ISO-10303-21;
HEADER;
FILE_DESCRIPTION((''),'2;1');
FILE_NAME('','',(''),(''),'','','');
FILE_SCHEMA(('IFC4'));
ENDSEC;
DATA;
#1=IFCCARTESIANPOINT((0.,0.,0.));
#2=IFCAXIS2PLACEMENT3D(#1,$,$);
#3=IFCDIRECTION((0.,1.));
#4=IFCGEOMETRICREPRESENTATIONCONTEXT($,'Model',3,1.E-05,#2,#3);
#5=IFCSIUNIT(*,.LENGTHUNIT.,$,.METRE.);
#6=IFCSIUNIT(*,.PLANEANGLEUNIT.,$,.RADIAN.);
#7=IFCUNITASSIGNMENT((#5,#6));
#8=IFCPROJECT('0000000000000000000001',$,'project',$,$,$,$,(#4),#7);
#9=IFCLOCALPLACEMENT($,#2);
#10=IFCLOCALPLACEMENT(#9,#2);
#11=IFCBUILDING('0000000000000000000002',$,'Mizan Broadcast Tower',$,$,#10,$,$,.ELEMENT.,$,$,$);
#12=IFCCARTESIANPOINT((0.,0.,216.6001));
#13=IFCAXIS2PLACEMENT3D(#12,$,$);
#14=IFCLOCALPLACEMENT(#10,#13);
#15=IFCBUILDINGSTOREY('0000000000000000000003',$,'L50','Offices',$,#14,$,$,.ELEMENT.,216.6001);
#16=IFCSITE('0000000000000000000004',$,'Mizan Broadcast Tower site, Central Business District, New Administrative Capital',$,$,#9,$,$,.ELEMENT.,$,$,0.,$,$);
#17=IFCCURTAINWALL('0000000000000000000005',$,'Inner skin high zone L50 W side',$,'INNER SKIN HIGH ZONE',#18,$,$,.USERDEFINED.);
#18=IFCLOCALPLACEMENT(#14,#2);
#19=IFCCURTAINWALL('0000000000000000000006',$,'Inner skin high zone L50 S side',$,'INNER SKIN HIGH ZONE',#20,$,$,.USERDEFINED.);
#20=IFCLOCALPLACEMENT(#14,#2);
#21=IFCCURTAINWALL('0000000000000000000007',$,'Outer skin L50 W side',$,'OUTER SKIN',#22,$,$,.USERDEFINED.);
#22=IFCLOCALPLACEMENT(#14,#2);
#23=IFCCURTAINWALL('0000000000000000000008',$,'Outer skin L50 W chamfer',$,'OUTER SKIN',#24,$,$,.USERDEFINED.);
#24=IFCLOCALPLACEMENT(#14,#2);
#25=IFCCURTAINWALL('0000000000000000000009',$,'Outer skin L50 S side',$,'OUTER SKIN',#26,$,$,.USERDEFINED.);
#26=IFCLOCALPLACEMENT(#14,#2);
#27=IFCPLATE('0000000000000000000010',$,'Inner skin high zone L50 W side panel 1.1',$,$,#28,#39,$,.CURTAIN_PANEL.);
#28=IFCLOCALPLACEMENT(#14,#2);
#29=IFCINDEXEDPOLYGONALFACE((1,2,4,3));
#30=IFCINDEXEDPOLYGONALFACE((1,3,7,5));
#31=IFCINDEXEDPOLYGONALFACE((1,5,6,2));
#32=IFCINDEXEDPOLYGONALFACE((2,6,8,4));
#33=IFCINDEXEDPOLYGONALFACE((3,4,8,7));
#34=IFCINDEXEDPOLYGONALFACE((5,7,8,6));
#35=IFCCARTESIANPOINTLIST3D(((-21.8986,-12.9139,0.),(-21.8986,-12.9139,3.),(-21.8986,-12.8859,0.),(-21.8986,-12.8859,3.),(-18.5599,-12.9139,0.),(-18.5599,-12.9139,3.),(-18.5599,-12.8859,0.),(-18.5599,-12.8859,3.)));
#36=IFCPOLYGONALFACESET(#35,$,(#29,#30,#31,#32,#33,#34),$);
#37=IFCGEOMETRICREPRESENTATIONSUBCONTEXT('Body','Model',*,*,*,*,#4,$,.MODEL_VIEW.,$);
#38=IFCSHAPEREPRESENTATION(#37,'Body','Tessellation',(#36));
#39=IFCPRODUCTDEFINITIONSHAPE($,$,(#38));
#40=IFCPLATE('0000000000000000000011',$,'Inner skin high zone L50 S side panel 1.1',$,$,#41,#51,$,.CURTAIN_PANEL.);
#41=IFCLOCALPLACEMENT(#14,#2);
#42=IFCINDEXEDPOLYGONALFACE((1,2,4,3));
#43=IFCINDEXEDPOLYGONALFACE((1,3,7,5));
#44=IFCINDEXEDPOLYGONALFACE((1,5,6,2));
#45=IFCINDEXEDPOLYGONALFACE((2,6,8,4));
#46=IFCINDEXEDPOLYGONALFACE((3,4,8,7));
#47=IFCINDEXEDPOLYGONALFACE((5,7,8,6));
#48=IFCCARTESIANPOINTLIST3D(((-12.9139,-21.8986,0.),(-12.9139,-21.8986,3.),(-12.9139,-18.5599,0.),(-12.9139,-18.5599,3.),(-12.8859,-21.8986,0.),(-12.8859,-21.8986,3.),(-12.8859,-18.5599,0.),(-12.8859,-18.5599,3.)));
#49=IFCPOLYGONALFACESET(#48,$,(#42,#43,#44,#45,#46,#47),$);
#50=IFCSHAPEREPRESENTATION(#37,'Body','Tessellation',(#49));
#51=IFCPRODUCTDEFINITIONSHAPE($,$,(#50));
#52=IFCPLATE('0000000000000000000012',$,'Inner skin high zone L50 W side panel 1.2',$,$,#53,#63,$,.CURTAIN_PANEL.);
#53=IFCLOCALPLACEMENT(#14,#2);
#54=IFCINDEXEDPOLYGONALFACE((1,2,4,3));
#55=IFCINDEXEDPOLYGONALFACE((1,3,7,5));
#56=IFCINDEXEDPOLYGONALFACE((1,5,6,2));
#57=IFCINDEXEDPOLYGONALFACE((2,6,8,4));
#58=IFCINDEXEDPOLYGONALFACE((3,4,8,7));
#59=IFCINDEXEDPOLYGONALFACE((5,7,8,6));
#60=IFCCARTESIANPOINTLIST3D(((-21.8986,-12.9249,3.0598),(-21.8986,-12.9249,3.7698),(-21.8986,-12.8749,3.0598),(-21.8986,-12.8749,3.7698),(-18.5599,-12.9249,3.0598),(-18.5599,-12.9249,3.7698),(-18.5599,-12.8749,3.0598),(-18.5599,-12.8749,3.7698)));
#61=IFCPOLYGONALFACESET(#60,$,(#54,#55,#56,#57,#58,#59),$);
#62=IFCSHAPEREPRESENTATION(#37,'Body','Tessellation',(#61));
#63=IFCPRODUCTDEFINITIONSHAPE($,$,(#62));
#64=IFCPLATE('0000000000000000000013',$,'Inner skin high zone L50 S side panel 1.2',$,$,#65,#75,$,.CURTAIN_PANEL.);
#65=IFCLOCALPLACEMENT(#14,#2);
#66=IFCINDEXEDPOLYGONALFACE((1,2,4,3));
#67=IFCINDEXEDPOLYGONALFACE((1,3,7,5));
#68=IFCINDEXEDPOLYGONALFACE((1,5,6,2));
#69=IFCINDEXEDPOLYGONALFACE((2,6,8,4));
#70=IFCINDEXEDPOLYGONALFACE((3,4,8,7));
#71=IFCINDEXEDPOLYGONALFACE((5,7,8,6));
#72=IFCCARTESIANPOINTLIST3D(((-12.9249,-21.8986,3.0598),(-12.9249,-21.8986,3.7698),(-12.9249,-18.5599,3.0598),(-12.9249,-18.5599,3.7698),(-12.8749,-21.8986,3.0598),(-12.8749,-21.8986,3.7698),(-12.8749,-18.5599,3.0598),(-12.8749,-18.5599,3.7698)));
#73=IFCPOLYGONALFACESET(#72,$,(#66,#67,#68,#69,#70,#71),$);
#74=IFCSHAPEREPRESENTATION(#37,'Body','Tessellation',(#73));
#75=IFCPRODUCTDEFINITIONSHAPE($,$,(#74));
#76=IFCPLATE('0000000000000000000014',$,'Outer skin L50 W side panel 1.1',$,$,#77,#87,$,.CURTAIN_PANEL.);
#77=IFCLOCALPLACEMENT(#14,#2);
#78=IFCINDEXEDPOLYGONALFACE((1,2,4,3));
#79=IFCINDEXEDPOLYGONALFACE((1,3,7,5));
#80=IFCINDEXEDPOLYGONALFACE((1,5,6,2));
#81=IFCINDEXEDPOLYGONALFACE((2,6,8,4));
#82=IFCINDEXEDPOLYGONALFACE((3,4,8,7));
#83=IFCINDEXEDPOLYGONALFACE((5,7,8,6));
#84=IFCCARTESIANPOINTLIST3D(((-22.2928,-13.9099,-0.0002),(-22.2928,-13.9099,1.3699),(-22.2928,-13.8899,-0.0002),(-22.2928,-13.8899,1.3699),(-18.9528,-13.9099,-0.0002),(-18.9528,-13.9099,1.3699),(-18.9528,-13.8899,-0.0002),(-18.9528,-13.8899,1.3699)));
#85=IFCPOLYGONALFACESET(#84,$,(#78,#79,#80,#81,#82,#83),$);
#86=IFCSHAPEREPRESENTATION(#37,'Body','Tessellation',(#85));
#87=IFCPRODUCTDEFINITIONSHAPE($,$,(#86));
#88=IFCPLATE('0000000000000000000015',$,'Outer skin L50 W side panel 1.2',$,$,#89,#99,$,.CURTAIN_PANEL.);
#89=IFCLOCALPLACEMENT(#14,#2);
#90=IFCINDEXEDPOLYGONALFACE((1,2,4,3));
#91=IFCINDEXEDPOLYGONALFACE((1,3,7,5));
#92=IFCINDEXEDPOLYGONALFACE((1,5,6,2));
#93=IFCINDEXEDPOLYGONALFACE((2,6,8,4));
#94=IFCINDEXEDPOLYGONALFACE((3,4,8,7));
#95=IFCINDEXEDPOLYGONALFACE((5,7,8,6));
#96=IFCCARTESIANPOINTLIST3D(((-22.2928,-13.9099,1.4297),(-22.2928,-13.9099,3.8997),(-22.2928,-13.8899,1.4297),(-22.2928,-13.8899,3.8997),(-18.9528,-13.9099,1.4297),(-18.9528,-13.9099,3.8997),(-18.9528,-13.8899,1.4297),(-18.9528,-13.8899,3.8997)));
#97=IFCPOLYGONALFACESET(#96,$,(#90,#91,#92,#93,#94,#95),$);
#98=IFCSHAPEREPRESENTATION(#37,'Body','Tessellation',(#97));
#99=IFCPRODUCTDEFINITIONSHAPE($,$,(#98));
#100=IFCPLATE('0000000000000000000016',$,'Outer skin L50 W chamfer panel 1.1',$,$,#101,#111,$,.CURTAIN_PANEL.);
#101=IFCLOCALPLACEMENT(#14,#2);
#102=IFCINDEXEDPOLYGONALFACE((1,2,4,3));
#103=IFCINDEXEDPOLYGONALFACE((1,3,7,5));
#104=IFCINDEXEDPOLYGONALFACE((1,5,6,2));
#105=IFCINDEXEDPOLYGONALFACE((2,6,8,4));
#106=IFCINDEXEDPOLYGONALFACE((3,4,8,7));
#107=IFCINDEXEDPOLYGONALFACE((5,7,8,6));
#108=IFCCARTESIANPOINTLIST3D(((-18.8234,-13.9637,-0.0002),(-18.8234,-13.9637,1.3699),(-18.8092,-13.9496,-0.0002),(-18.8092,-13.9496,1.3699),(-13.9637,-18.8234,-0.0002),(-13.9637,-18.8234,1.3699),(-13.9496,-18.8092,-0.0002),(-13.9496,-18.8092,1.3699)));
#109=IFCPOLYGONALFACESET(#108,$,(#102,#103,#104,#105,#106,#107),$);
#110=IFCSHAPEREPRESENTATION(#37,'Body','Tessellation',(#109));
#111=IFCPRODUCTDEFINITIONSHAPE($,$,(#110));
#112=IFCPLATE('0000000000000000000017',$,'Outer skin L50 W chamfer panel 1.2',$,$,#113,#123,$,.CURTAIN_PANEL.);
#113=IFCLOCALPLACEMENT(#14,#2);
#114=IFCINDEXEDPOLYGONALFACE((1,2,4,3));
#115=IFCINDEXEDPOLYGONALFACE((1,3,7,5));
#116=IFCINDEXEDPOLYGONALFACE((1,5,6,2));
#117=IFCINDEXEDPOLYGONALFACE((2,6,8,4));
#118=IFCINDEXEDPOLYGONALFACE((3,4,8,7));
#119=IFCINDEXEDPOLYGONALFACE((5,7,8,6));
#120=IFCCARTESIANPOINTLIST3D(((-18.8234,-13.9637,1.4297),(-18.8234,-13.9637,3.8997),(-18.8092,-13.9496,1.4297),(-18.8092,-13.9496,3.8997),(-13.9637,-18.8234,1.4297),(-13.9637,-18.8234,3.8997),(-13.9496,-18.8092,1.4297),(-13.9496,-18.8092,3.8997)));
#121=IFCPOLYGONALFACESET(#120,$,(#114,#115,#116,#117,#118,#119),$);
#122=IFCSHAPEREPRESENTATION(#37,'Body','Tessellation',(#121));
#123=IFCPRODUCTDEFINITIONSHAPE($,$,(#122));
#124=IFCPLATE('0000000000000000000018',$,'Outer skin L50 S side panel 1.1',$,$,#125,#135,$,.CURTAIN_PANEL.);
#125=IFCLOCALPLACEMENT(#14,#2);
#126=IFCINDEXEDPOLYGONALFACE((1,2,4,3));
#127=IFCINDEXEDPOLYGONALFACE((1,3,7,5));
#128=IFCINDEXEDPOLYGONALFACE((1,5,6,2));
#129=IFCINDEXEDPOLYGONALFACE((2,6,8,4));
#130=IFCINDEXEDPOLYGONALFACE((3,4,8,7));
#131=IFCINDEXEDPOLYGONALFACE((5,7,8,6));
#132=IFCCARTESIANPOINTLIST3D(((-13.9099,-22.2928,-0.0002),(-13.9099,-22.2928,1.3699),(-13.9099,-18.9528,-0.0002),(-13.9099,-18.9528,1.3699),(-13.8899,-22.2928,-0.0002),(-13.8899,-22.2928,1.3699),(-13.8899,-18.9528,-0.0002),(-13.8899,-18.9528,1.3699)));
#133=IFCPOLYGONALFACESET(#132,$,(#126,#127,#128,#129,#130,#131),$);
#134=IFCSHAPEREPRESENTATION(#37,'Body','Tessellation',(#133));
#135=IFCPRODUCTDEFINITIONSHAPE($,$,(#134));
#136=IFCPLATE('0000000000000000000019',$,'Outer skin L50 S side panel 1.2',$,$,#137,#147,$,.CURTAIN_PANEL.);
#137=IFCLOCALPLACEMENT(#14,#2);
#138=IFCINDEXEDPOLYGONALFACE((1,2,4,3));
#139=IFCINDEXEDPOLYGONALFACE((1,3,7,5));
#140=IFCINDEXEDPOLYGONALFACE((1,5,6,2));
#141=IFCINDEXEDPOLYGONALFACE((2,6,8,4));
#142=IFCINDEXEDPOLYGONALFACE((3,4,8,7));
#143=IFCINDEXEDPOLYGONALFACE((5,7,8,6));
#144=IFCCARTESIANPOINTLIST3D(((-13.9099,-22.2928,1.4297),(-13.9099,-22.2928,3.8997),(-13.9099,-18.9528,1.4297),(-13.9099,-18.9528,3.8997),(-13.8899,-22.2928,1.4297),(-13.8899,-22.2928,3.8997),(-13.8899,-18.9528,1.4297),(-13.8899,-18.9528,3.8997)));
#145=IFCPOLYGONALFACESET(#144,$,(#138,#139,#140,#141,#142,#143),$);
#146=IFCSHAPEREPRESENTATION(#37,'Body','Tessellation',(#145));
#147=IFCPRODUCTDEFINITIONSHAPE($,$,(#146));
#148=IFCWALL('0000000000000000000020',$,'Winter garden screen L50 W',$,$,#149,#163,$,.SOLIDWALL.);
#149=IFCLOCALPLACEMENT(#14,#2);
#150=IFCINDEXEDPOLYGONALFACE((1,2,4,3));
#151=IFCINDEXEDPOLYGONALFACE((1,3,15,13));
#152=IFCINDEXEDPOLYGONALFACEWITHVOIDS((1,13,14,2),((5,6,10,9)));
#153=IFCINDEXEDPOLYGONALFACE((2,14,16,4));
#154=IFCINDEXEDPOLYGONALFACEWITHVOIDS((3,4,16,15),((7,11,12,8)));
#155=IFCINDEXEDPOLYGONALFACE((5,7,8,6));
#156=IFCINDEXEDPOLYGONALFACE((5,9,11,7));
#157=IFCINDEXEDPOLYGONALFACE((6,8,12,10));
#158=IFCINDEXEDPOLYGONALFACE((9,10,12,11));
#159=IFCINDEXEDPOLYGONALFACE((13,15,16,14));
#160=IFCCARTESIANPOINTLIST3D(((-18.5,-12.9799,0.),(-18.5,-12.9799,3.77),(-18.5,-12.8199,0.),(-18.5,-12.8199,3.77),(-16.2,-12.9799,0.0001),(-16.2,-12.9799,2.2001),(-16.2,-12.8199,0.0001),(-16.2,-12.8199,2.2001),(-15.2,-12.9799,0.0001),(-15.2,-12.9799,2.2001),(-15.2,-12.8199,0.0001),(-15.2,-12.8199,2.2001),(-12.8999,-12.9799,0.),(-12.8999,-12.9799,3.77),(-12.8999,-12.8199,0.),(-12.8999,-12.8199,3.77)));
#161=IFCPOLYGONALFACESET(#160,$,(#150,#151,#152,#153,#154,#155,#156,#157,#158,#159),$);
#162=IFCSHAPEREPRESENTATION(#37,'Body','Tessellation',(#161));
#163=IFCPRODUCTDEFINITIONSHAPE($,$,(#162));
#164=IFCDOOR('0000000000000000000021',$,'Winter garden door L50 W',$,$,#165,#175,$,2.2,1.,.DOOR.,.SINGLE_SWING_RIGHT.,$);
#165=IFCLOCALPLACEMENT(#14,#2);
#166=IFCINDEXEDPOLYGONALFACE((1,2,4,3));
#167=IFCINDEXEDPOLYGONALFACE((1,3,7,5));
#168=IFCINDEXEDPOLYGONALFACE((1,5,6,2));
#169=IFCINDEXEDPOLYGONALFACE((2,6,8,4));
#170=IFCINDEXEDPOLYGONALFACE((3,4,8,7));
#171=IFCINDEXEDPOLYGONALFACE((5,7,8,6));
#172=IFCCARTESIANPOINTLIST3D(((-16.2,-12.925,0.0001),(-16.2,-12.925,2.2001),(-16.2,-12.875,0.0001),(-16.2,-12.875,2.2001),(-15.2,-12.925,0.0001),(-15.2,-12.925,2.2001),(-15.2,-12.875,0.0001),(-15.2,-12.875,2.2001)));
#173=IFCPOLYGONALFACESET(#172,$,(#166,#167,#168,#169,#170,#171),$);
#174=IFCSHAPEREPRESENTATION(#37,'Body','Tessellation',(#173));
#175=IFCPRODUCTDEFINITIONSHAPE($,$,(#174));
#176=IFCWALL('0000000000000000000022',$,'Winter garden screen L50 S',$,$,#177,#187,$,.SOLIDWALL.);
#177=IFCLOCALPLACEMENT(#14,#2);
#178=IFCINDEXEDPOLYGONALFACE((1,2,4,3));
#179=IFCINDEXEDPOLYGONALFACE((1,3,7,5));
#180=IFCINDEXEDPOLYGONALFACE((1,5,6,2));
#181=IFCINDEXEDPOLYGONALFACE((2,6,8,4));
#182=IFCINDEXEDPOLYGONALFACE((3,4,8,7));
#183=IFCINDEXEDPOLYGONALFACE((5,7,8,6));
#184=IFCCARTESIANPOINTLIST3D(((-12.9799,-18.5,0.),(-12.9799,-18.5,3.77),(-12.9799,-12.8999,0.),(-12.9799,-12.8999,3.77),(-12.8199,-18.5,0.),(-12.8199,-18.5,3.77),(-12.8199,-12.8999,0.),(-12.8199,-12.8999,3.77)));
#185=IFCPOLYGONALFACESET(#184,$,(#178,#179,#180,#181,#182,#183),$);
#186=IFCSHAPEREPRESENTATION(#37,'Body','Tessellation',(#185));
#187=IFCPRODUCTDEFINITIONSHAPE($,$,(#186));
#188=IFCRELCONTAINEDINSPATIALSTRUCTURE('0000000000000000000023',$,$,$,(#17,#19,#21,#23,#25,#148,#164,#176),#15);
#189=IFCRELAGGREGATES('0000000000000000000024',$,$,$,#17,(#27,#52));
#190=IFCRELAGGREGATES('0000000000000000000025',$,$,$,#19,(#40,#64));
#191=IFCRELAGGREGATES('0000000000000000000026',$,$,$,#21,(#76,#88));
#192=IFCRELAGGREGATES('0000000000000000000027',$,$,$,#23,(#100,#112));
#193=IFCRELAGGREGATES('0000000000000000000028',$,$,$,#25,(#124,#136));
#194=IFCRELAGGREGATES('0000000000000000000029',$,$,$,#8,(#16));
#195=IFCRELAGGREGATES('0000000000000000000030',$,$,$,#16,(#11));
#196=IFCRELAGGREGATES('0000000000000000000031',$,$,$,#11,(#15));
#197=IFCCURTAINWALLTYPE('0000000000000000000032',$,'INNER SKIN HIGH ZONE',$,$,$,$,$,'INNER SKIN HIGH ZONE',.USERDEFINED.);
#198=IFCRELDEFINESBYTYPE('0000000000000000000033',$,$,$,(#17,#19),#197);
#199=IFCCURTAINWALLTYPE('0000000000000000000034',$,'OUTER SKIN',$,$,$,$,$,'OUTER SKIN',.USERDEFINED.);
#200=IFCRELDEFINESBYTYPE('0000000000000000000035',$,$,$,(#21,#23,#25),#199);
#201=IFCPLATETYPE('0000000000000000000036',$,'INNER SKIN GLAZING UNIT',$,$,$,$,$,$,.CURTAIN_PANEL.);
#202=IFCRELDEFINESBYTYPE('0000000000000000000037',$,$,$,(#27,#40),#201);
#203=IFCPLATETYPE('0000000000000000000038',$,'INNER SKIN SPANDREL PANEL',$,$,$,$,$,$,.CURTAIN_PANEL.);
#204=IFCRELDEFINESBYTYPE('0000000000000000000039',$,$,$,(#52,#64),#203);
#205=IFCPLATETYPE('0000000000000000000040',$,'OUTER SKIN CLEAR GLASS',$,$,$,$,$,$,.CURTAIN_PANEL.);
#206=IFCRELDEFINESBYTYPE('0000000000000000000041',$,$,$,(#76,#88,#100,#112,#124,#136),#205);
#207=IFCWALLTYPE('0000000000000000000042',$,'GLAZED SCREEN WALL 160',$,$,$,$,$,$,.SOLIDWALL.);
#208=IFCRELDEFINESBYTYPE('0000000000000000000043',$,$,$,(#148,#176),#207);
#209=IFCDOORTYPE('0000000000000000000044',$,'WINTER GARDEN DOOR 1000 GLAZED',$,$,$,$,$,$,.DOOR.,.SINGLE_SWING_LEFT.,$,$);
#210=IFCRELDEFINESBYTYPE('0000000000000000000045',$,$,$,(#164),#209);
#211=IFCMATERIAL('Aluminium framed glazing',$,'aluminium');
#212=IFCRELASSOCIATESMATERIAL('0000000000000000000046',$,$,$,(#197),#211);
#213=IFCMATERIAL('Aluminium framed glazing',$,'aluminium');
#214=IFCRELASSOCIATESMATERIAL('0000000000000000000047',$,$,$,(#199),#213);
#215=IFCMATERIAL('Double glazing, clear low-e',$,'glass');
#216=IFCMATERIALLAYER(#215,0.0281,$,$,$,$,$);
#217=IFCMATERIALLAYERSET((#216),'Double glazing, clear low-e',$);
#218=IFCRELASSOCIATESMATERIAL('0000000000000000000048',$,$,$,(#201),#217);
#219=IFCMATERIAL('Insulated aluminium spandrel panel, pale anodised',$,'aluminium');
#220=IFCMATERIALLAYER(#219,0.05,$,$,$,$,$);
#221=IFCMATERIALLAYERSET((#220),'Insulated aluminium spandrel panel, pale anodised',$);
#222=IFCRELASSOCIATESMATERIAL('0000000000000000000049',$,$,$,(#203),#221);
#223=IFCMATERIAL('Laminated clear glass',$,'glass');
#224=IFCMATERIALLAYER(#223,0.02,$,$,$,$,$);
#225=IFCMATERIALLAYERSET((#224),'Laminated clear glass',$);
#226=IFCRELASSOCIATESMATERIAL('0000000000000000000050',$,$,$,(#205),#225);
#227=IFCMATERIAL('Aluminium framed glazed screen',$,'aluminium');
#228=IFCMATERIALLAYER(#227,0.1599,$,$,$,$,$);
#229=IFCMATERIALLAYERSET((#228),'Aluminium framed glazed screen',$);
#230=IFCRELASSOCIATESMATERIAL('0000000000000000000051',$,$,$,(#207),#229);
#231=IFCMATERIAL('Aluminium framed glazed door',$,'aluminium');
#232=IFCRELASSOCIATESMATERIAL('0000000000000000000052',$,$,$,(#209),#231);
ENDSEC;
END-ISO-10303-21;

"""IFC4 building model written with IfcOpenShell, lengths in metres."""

from ifc_helpers import new_model, si_unit, direction, frame, frame_2d, origin, origin_2d, place, context, subcontext, project, spatial, rectangle, extrude, material, layer, layer_set, type_object, element, fill, aggregate, save


model = new_model("IFC4")

# Units and contexts
model_context = context("Model", 3, precision=1e-05, world=origin(), true_north=direction((0.0, 1.0)))
body_context = subcontext(model_context, "Body", "Model", "MODEL_VIEW")
ifc_project = project(units=[si_unit("LENGTHUNIT", "METRE"), si_unit("PLANEANGLEUNIT", "RADIAN")], contexts=[model_context])

# Site, building, storey
site_placement = place(None, origin())
site = spatial("IfcSite", under=ifc_project, at=site_placement, Name="Mizan Broadcast Tower site, Central Business District, New Administrative Capital", CompositionType="ELEMENT", RefElevation=0.0)
building_placement = place(site_placement, origin())
building = spatial("IfcBuilding", under=site, at=building_placement, Name="Mizan Broadcast Tower", CompositionType="ELEMENT")
storey_placement = place(building_placement, frame((0.0, 0.0, 216.6001)))
storey = spatial("IfcBuildingStorey", under=building, at=storey_placement, Name="L50", Description="Offices", CompositionType="ELEMENT", Elevation=216.6001)

# Curtain walls
ifc_material_1 = material(Name="Aluminium framed glazing", Category="aluminium")
curtain_wall_type_1 = type_object("IfcCurtainWallType", Name="INNER SKIN HIGH ZONE", ElementType="INNER SKIN HIGH ZONE", PredefinedType="USERDEFINED", material=ifc_material_1)
curtain_wall_1_placement = place(storey_placement, origin())
curtain_wall_1 = element("IfcCurtainWall", 1, at=curtain_wall_1_placement, inside=storey, type_object=curtain_wall_type_1, Name="Inner skin high zone L50 W side", ObjectType="INNER SKIN HIGH ZONE", PredefinedType="USERDEFINED")
curtain_wall_2_placement = place(storey_placement, origin())
curtain_wall_2 = element("IfcCurtainWall", 2, at=curtain_wall_2_placement, inside=storey, type_object=curtain_wall_type_1, Name="Inner skin high zone L50 S side", ObjectType="INNER SKIN HIGH ZONE", PredefinedType="USERDEFINED")

# Curtain walls
ifc_material_2 = material(Name="Aluminium framed glazing", Category="aluminium")
curtain_wall_type_2 = type_object("IfcCurtainWallType", Name="OUTER SKIN", ElementType="OUTER SKIN", PredefinedType="USERDEFINED", material=ifc_material_2)
curtain_wall_3_placement = place(storey_placement, origin())
curtain_wall_3 = element("IfcCurtainWall", 3, at=curtain_wall_3_placement, inside=storey, type_object=curtain_wall_type_2, Name="Outer skin L50 W side", ObjectType="OUTER SKIN", PredefinedType="USERDEFINED")
curtain_wall_4_placement = place(storey_placement, origin())
curtain_wall_4 = element("IfcCurtainWall", 4, at=curtain_wall_4_placement, inside=storey, type_object=curtain_wall_type_2, Name="Outer skin L50 W chamfer", ObjectType="OUTER SKIN", PredefinedType="USERDEFINED")
curtain_wall_5_placement = place(storey_placement, origin())
curtain_wall_5 = element("IfcCurtainWall", 5, at=curtain_wall_5_placement, inside=storey, type_object=curtain_wall_type_2, Name="Outer skin L50 S side", ObjectType="OUTER SKIN", PredefinedType="USERDEFINED")

# Plates
ifc_material_3 = material(Name="Double glazing, clear low-e", Category="glass")
ifc_layer_1 = layer(ifc_material_3, 0.0281)
ifc_layer_set_1 = layer_set([ifc_layer_1], Name="Double glazing, clear low-e")
plate_type_1 = type_object("IfcPlateType", Name="INNER SKIN GLAZING UNIT", PredefinedType="CURTAIN_PANEL", material=ifc_layer_set_1)
plate_1_placement = place(storey_placement, frame((-20.2292, -12.8999, 0.0), z_axis=(0.0, 0.0, 1.0), x_axis=(1.0, 0.0, 0.0)))
plate_1 = element("IfcPlate", 6, at=plate_1_placement, type_object=plate_type_1, Name="Inner skin high zone L50 W side panel 1.1", PredefinedType="CURTAIN_PANEL", context=body_context, shape_type="SweptSolid", body=[
    extrude(rectangle(XDim=3.3386, YDim=0.0281, at=origin_2d()), origin(), (0.0, 0.0, 1.0), 3.0),
])
plate_2_placement = place(storey_placement, frame((-12.8999, -20.2292, 0.0), z_axis=(0.0, 0.0, 1.0), x_axis=(0.0, -1.0, 0.0)))
plate_2 = element("IfcPlate", 7, at=plate_2_placement, type_object=plate_type_1, Name="Inner skin high zone L50 S side panel 1.1", PredefinedType="CURTAIN_PANEL", context=body_context, shape_type="SweptSolid", body=[
    extrude(rectangle(XDim=3.3386, YDim=0.0281, at=origin_2d()), origin(), (0.0, 0.0, 1.0), 3.0),
])
ifc_material_4 = material(Name="Insulated aluminium spandrel panel, pale anodised", Category="aluminium")
ifc_layer_2 = layer(ifc_material_4, 0.05)
ifc_layer_set_2 = layer_set([ifc_layer_2], Name="Insulated aluminium spandrel panel, pale anodised")
plate_type_2 = type_object("IfcPlateType", Name="INNER SKIN SPANDREL PANEL", PredefinedType="CURTAIN_PANEL", material=ifc_layer_set_2)
plate_3_placement = place(storey_placement, frame((-20.2292, -12.8999, 3.0598), z_axis=(0.0, 0.0, 1.0), x_axis=(1.0, 0.0, 0.0)))
plate_3 = element("IfcPlate", 8, at=plate_3_placement, type_object=plate_type_2, Name="Inner skin high zone L50 W side panel 1.2", PredefinedType="CURTAIN_PANEL", context=body_context, shape_type="SweptSolid", body=[
    extrude(rectangle(XDim=3.3386, YDim=0.05, at=origin_2d()), origin(), (0.0, 0.0, 1.0), 0.71),
])
aggregate(curtain_wall_1, [plate_1, plate_3])
plate_4_placement = place(storey_placement, frame((-12.8999, -20.2292, 3.0598), z_axis=(0.0, 0.0, 1.0), x_axis=(0.0, -1.0, 0.0)))
plate_4 = element("IfcPlate", 9, at=plate_4_placement, type_object=plate_type_2, Name="Inner skin high zone L50 S side panel 1.2", PredefinedType="CURTAIN_PANEL", context=body_context, shape_type="SweptSolid", body=[
    extrude(rectangle(XDim=3.3386, YDim=0.05, at=origin_2d()), origin(), (0.0, 0.0, 1.0), 0.71),
])
aggregate(curtain_wall_2, [plate_2, plate_4])
ifc_material_5 = material(Name="Laminated clear glass", Category="glass")
ifc_layer_3 = layer(ifc_material_5, 0.02)
ifc_layer_set_3 = layer_set([ifc_layer_3], Name="Laminated clear glass")
plate_type_3 = type_object("IfcPlateType", Name="OUTER SKIN CLEAR GLASS", PredefinedType="CURTAIN_PANEL", material=ifc_layer_set_3)
plate_5_placement = place(storey_placement, frame((-20.6228, -13.8999, -0.0002), z_axis=(0.0, 0.0, 1.0), x_axis=(1.0, 0.0, 0.0)))
plate_5 = element("IfcPlate", 10, at=plate_5_placement, type_object=plate_type_3, Name="Outer skin L50 W side panel 1.1", PredefinedType="CURTAIN_PANEL", context=body_context, shape_type="SweptSolid", body=[
    extrude(rectangle(XDim=3.3401, YDim=0.02, at=origin_2d()), origin(), (0.0, 0.0, 1.0), 1.3701),
])
plate_6_placement = place(storey_placement, frame((-20.6228, -13.8999, 1.4297), z_axis=(0.0, 0.0, 1.0), x_axis=(1.0, 0.0, 0.0)))
plate_6 = element("IfcPlate", 11, at=plate_6_placement, type_object=plate_type_3, Name="Outer skin L50 W side panel 1.2", PredefinedType="CURTAIN_PANEL", context=body_context, shape_type="SweptSolid", body=[
    extrude(rectangle(XDim=3.3401, YDim=0.02, at=origin_2d()), origin(), (0.0, 0.0, 1.0), 2.47),
])
aggregate(curtain_wall_3, [plate_5, plate_6])
plate_7_placement = place(storey_placement, frame((-16.3865, -16.3865, -0.0002), z_axis=(0.0, 0.0, 1.0), x_axis=(0.707107, -0.707107, 0.0)))
plate_7 = element("IfcPlate", 12, at=plate_7_placement, type_object=plate_type_3, Name="Outer skin L50 W chamfer panel 1.1", PredefinedType="CURTAIN_PANEL", context=body_context, shape_type="SweptSolid", body=[
    extrude(rectangle(XDim=6.8726, YDim=0.02, at=origin_2d()), origin(), (0.0, 0.0, 1.0), 1.3701),
])
plate_8_placement = place(storey_placement, frame((-16.3865, -16.3865, 1.4297), z_axis=(0.0, 0.0, 1.0), x_axis=(0.707107, -0.707107, 0.0)))
plate_8 = element("IfcPlate", 13, at=plate_8_placement, type_object=plate_type_3, Name="Outer skin L50 W chamfer panel 1.2", PredefinedType="CURTAIN_PANEL", context=body_context, shape_type="SweptSolid", body=[
    extrude(rectangle(XDim=6.8726, YDim=0.02, at=origin_2d()), origin(), (0.0, 0.0, 1.0), 2.47),
])
aggregate(curtain_wall_4, [plate_7, plate_8])
plate_9_placement = place(storey_placement, frame((-13.8999, -20.6228, -0.0002), z_axis=(0.0, 0.0, 1.0), x_axis=(0.0, -1.0, 0.0)))
plate_9 = element("IfcPlate", 14, at=plate_9_placement, type_object=plate_type_3, Name="Outer skin L50 S side panel 1.1", PredefinedType="CURTAIN_PANEL", context=body_context, shape_type="SweptSolid", body=[
    extrude(rectangle(XDim=3.3401, YDim=0.02, at=origin_2d()), origin(), (0.0, 0.0, 1.0), 1.3701),
])
plate_10_placement = place(storey_placement, frame((-13.8999, -20.6228, 1.4297), z_axis=(0.0, 0.0, 1.0), x_axis=(0.0, -1.0, 0.0)))
plate_10 = element("IfcPlate", 15, at=plate_10_placement, type_object=plate_type_3, Name="Outer skin L50 S side panel 1.2", PredefinedType="CURTAIN_PANEL", context=body_context, shape_type="SweptSolid", body=[
    extrude(rectangle(XDim=3.3401, YDim=0.02, at=origin_2d()), origin(), (0.0, 0.0, 1.0), 2.47),
])
aggregate(curtain_wall_5, [plate_9, plate_10])

# Wall, opening, door
ifc_material_6 = material(Name="Aluminium framed glazed screen", Category="aluminium")
ifc_layer_4 = layer(ifc_material_6, 0.1599)
ifc_layer_set_4 = layer_set([ifc_layer_4], Name="Aluminium framed glazed screen")
wall_type = type_object("IfcWallType", Name="GLAZED SCREEN WALL 160", PredefinedType="SOLIDWALL", material=ifc_layer_set_4)
wall_1_placement = place(storey_placement, frame((-18.5, -12.8999, 0.0), z_axis=(0.0, 0.0, 1.0), x_axis=(1.0, 0.0, 0.0)))
wall_1 = element("IfcWall", 16, at=wall_1_placement, inside=storey, type_object=wall_type, Name="Winter garden screen L50 W", PredefinedType="SOLIDWALL", context=body_context, shape_type="SweptSolid", body=[
    extrude(rectangle(XDim=5.6001, YDim=0.1599, at=frame_2d((2.8, 0.0))), origin(), (0.0, 0.0, 1.0), 3.77),
])
opening_placement = place(wall_1_placement, frame((2.3, 0.0, 0.0)))
opening = element("IfcOpeningElement", 17, at=opening_placement, cuts=wall_1, PredefinedType="OPENING", context=body_context, shape_type="SweptSolid", body=[
    extrude(rectangle(XDim=1.0, YDim=2.2, at=frame_2d((0.5, 1.1001))), frame((0.0, 0.0898, 0.0), z_axis=(0.0, -1.0, 0.0), x_axis=(1.0, 0.0, 0.0)), (0.0, 0.0, 1.0), 0.1799),
])
ifc_material_7 = material(Name="Aluminium framed glazed door", Category="aluminium")
door_type = type_object("IfcDoorType", Name="WINTER GARDEN DOOR 1000 GLAZED", OperationType="SINGLE_SWING_LEFT", PredefinedType="DOOR", material=ifc_material_7)
door_placement = place(opening_placement, origin())
door = element("IfcDoor", 18, at=door_placement, inside=storey, type_object=door_type, Name="Winter garden door L50 W", OperationType="SINGLE_SWING_RIGHT", OverallHeight=2.2, OverallWidth=1.0, PredefinedType="DOOR", context=body_context, shape_type="SweptSolid", body=[
    extrude(rectangle(XDim=1.0, YDim=2.2, at=frame_2d((0.5, 1.1001))), frame((0.0, 0.0249, 0.0), z_axis=(0.0, -1.0, 0.0), x_axis=(1.0, 0.0, 0.0)), (0.0, 0.0, 1.0), 0.05),
])
fill(opening, door)

# Wall
wall_2_placement = place(storey_placement, frame((-12.8999, -12.8999, 0.0), z_axis=(0.0, 0.0, 1.0), x_axis=(0.0, -1.0, 0.0)))
element("IfcWall", 19, at=wall_2_placement, inside=storey, type_object=wall_type, Name="Winter garden screen L50 S", PredefinedType="SOLIDWALL", context=body_context, shape_type="SweptSolid", body=[
    extrude(rectangle(XDim=5.6001, YDim=0.1599, at=frame_2d((2.8, 0.0))), origin(), (0.0, 0.0, 1.0), 3.77),
])

save(model, "model.ifc")
